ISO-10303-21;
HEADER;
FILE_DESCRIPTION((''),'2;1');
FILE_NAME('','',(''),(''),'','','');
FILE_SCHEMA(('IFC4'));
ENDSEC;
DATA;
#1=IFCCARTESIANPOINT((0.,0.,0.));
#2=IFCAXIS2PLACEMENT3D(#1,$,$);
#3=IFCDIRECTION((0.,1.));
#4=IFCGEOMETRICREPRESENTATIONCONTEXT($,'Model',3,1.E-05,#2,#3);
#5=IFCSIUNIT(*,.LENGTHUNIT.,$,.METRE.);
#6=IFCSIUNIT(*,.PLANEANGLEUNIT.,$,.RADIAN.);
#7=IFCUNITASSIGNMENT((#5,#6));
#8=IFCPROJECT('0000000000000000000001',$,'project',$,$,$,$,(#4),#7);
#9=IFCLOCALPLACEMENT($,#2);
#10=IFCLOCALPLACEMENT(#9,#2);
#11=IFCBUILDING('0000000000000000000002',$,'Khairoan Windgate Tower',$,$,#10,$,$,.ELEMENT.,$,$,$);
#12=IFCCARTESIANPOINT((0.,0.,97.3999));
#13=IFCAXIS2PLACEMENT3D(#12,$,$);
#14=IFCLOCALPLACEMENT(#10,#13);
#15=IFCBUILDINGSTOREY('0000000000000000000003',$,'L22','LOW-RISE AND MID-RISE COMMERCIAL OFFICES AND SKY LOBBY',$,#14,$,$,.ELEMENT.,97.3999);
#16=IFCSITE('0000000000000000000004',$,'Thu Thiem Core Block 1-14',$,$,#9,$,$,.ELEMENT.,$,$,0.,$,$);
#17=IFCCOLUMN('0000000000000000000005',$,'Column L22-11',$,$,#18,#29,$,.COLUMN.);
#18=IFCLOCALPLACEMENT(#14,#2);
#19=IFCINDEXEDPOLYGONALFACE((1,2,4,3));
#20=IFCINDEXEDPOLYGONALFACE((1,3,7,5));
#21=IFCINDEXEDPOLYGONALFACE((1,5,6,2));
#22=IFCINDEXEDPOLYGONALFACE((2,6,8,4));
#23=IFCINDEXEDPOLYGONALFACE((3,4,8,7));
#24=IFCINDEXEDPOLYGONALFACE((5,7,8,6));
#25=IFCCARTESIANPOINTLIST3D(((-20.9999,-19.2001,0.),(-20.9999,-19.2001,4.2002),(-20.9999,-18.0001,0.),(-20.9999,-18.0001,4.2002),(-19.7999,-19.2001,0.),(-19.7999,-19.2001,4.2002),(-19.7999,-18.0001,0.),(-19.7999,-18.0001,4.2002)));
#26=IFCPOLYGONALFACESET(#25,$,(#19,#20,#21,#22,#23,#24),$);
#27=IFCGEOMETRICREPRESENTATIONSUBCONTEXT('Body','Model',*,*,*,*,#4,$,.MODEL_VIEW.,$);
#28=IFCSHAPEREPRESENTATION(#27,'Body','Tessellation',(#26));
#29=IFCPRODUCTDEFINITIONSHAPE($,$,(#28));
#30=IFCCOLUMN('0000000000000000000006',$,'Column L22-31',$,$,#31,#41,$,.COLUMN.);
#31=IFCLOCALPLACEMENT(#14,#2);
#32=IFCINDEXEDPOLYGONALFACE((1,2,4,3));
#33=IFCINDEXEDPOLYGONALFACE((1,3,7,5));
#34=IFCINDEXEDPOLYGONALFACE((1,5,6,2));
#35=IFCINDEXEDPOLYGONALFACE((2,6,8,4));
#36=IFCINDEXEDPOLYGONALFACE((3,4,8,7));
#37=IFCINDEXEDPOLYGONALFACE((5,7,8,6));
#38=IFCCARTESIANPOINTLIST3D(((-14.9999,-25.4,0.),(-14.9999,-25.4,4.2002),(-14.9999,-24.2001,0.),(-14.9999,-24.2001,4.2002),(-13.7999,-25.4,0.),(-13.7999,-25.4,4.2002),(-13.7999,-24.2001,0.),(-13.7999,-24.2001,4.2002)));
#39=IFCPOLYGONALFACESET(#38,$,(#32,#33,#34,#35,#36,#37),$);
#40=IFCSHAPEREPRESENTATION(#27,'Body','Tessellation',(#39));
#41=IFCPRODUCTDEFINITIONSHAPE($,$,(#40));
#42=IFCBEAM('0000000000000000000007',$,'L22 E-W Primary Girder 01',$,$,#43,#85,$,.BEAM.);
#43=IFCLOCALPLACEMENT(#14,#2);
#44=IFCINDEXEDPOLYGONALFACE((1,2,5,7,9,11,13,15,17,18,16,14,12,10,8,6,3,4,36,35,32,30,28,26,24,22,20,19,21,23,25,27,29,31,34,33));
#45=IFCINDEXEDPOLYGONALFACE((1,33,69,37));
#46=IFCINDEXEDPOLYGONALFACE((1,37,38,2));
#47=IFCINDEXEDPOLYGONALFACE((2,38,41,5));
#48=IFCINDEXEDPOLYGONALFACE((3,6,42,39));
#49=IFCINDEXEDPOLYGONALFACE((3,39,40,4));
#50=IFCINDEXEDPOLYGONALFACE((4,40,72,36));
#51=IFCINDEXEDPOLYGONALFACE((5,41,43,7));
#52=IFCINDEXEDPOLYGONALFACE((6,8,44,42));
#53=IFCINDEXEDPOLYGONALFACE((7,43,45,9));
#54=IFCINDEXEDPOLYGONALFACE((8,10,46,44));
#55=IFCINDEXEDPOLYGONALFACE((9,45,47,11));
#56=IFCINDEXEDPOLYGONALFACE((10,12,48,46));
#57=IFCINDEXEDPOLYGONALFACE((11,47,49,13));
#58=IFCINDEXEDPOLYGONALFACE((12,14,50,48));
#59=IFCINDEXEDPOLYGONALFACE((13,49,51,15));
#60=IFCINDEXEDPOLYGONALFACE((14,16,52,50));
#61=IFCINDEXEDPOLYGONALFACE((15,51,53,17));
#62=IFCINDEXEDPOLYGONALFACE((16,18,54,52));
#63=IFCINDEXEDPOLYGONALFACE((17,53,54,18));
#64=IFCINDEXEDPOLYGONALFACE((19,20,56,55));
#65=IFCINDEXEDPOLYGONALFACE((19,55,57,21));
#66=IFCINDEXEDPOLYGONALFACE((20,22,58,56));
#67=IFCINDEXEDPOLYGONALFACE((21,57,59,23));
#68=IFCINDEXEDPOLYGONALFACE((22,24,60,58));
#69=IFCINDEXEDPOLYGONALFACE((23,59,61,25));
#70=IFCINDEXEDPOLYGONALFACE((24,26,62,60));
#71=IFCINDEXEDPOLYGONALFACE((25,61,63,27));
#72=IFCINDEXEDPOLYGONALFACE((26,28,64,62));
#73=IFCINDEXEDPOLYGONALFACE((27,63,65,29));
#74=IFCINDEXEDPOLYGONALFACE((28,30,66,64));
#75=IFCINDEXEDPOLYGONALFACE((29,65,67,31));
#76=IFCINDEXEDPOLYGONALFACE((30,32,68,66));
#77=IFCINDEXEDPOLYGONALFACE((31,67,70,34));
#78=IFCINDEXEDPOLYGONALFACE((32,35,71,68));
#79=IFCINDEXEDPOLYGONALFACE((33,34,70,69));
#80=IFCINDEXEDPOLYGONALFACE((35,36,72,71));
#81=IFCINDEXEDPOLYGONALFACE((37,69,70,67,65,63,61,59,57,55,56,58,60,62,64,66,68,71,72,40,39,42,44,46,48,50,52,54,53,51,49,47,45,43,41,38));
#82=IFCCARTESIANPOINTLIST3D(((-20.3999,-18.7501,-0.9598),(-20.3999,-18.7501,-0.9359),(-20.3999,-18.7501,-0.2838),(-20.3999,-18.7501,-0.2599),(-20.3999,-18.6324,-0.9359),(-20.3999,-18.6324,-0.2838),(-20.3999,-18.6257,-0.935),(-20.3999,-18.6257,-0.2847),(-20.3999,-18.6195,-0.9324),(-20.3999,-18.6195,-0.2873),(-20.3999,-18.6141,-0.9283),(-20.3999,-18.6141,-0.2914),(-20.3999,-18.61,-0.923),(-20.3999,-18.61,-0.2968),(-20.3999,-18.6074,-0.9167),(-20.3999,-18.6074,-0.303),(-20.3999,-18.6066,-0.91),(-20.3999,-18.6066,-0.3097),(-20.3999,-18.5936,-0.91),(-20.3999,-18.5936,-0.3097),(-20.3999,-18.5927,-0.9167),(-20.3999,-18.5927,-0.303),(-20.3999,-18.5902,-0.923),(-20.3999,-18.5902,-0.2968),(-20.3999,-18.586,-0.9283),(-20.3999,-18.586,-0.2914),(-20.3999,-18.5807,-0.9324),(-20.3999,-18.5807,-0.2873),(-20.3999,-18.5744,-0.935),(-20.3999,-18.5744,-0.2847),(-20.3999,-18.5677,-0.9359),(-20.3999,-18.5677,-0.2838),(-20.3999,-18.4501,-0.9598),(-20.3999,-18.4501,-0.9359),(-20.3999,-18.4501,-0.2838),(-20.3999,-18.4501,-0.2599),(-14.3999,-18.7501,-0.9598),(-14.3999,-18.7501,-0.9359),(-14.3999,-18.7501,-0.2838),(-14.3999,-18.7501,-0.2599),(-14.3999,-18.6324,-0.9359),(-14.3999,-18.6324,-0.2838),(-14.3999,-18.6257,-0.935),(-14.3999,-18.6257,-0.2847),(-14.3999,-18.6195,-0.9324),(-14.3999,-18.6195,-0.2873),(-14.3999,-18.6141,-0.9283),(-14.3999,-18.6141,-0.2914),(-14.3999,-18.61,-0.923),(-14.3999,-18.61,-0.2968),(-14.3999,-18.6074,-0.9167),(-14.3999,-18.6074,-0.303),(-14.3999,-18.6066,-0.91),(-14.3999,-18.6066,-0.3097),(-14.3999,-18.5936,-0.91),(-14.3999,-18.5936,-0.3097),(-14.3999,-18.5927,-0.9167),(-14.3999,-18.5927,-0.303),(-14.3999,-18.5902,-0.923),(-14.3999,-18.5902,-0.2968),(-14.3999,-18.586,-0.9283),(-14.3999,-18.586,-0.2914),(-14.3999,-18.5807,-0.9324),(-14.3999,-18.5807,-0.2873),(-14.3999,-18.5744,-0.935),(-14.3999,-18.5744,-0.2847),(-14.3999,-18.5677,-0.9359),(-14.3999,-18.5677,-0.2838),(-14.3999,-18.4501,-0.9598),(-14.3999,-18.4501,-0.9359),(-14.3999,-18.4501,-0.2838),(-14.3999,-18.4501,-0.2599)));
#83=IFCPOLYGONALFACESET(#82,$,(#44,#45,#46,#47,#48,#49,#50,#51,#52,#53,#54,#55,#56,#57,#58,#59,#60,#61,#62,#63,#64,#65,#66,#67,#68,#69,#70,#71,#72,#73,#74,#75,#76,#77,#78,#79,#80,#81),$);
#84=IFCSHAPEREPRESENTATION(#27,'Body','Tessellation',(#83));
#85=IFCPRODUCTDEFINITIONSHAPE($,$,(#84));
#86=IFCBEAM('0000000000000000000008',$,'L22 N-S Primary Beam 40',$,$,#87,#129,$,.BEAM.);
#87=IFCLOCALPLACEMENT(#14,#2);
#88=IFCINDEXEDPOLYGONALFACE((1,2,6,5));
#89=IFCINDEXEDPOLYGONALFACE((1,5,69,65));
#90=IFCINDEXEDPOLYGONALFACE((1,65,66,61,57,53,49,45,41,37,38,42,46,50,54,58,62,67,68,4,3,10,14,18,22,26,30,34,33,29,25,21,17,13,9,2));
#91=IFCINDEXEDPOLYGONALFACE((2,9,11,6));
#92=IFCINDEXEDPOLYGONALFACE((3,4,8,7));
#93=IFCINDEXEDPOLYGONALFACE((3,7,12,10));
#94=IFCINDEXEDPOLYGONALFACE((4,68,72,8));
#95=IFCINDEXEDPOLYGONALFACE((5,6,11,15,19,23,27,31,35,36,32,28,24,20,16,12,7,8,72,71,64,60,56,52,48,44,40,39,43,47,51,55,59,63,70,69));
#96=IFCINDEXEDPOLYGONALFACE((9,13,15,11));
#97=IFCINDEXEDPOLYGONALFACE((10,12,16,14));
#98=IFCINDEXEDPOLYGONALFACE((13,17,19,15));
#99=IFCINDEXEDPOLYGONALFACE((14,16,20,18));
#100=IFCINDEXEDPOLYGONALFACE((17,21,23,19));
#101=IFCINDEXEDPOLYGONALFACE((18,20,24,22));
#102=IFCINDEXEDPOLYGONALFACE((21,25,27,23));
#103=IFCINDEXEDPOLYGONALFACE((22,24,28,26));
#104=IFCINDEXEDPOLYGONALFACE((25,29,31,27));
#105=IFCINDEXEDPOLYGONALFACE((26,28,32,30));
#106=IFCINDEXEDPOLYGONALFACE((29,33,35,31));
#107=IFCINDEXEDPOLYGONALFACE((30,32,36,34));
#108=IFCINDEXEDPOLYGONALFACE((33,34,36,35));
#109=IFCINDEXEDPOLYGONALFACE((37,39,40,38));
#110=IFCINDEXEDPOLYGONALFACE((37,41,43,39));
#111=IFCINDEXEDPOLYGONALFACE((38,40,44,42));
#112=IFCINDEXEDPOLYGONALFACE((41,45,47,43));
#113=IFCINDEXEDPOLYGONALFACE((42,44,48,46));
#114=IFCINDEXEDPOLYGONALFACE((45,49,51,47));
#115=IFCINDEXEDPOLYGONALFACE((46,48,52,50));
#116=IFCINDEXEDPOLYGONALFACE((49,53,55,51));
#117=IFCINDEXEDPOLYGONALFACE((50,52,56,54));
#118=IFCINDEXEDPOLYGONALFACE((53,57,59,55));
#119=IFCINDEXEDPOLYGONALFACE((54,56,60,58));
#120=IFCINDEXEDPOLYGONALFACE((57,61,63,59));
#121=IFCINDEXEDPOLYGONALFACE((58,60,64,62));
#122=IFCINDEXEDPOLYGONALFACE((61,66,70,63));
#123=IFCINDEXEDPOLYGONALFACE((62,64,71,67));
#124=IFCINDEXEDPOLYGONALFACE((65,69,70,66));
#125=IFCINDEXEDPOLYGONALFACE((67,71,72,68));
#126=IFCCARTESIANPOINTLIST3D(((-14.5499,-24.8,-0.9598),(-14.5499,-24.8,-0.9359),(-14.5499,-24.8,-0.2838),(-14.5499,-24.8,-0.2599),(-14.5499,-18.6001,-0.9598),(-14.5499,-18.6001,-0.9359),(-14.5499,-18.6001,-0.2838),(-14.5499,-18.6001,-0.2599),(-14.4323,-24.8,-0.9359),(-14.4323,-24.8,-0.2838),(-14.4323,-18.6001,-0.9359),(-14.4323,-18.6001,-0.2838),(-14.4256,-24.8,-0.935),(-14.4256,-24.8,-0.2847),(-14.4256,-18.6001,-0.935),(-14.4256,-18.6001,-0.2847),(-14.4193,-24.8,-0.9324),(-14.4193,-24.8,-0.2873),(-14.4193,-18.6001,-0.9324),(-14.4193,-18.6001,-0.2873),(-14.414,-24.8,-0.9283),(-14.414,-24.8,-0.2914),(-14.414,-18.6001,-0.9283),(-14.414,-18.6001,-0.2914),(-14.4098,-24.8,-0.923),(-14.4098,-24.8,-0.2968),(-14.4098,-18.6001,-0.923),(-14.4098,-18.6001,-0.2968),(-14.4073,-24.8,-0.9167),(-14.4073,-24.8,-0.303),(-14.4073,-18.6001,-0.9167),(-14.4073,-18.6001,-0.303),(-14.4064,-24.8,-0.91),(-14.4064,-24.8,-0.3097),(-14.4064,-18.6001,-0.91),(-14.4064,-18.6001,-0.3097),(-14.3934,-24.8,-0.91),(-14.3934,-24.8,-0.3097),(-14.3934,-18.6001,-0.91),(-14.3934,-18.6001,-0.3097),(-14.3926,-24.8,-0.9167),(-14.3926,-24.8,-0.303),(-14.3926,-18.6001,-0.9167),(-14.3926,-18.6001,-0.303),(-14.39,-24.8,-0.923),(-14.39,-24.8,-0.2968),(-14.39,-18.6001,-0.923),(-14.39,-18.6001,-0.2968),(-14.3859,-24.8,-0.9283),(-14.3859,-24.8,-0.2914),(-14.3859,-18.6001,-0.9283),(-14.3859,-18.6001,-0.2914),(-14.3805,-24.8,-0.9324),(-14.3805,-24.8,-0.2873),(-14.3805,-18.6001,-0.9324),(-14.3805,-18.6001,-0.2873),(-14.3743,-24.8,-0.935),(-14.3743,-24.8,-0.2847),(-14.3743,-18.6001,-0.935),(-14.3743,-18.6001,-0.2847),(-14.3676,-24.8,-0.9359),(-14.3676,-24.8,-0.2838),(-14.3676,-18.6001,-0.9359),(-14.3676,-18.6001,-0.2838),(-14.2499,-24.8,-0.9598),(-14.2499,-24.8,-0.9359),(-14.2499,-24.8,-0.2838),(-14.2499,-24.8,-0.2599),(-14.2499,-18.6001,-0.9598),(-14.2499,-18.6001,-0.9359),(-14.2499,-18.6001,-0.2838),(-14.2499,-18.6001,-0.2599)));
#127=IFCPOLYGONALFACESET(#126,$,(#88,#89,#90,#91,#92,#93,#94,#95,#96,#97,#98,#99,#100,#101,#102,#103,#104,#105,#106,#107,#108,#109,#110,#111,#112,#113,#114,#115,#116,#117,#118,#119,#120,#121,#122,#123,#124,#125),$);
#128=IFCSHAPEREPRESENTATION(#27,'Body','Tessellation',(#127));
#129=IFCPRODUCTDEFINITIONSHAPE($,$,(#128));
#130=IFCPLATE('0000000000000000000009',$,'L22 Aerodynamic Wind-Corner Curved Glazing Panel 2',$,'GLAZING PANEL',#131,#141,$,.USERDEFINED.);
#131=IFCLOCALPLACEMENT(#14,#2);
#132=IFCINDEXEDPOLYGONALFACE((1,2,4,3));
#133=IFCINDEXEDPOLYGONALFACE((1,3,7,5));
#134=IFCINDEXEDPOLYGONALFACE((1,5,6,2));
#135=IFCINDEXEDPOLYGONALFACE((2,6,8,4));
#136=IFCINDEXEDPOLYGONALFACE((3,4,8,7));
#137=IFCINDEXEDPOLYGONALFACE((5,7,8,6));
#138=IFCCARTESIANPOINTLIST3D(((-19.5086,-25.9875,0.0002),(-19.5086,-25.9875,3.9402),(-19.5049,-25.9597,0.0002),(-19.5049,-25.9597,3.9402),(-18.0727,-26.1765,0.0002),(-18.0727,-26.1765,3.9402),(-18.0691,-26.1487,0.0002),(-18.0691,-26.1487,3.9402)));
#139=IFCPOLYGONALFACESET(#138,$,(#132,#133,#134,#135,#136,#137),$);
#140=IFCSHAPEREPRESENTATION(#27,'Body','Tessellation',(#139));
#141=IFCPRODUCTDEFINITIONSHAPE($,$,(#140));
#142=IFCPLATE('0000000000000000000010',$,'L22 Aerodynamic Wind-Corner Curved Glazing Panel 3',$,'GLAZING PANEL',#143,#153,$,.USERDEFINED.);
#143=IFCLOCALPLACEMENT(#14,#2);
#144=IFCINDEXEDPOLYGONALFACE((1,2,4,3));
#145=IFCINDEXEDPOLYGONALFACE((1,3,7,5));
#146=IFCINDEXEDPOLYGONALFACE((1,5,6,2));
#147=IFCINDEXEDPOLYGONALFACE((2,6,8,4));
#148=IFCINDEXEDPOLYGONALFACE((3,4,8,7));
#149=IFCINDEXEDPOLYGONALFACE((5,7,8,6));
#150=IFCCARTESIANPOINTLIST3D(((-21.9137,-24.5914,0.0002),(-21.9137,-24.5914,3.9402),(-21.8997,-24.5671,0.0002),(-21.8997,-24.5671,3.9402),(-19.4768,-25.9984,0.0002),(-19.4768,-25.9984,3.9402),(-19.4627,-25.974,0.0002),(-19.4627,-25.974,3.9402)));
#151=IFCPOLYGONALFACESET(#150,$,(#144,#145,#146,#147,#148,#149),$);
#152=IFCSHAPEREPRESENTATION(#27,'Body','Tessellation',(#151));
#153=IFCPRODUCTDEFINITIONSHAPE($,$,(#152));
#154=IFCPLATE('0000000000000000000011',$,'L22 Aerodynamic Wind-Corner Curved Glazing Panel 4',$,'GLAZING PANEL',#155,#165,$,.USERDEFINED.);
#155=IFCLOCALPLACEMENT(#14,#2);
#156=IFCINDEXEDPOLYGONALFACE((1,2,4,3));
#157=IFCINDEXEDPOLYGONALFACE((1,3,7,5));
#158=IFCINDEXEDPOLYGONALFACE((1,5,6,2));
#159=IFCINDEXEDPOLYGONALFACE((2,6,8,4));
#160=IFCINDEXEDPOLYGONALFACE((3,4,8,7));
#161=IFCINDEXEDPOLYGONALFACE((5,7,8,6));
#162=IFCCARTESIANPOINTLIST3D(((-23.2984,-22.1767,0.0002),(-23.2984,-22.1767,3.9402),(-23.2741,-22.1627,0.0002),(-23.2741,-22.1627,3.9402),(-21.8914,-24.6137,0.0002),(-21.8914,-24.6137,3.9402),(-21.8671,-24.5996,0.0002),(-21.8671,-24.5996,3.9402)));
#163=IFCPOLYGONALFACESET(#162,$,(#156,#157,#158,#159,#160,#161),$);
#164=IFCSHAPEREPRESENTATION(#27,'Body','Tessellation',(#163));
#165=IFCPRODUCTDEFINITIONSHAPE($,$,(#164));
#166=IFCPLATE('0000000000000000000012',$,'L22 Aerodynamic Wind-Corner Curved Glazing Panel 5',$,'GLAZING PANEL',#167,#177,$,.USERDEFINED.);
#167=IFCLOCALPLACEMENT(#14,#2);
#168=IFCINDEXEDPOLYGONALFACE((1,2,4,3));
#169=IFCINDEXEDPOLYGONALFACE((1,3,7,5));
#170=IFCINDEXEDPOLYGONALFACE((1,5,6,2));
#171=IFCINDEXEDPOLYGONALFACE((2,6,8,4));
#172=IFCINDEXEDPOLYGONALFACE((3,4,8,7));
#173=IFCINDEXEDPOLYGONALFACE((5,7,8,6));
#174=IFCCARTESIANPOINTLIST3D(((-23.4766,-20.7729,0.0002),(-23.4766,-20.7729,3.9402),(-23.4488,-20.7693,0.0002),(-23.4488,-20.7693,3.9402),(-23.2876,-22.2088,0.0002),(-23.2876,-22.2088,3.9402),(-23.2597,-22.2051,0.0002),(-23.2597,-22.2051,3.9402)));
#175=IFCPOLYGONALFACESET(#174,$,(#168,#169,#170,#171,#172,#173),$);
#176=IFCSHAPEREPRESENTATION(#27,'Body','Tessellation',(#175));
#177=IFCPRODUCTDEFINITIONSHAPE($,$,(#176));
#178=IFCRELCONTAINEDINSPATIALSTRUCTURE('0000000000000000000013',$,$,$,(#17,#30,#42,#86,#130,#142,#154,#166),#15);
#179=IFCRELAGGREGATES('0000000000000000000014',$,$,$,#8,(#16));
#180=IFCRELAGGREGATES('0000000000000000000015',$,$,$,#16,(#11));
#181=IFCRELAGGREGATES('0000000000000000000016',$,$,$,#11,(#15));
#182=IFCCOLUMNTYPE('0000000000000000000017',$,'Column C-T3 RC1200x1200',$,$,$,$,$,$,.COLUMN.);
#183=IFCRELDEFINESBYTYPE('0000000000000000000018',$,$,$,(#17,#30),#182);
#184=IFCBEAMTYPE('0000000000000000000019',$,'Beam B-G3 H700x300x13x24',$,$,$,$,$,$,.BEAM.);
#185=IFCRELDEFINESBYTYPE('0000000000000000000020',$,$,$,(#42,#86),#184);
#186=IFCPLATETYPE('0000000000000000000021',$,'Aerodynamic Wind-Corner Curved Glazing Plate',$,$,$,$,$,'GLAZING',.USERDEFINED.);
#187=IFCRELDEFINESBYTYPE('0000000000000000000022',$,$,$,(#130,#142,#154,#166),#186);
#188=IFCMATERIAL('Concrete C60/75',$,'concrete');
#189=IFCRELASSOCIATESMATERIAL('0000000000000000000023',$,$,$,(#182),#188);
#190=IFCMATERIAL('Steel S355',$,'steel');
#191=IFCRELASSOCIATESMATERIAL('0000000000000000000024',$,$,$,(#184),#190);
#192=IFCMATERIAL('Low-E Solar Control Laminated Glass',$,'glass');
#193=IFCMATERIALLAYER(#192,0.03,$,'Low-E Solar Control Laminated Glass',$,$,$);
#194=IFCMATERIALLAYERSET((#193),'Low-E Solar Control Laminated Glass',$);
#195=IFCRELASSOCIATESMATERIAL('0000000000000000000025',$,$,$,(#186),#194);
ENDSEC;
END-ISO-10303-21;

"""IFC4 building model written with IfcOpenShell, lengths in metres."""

from ifc_helpers import new_model, si_unit, direction, frame, origin, origin_2d, place, context, subcontext, project, spatial, rectangle, i_section, extrude, material, layer, layer_set, material_profile, profile_set, type_object, element, save


model = new_model("IFC4")

# Units and contexts
model_context = context("Model", 3, precision=1e-05, world=origin(), true_north=direction((0.0, 1.0)))
body_context = subcontext(model_context, "Body", "Model", "MODEL_VIEW")
ifc_project = project(units=[si_unit("LENGTHUNIT", "METRE"), si_unit("PLANEANGLEUNIT", "RADIAN")], contexts=[model_context])

# Site, building, storey
site_placement = place(None, origin())
site = spatial("IfcSite", under=ifc_project, at=site_placement, Name="Thu Thiem Core Block 1-14", CompositionType="ELEMENT", RefElevation=0.0)
building_placement = place(site_placement, origin())
building = spatial("IfcBuilding", under=site, at=building_placement, Name="Khairoan Windgate Tower", CompositionType="ELEMENT")
storey_placement = place(building_placement, frame((0.0, 0.0, 97.3999)))
storey = spatial("IfcBuildingStorey", under=building, at=storey_placement, Name="L22", Description="LOW-RISE AND MID-RISE COMMERCIAL OFFICES AND SKY LOBBY", CompositionType="ELEMENT", Elevation=97.3999)

# Columns
ifc_material_1 = material(Name="Concrete C60/75", Category="concrete")
ifc_material_profile_1 = material_profile(ifc_material_1, rectangle(XDim=1.2, YDim=1.2, at=origin_2d()))
ifc_profile_set_1 = profile_set([ifc_material_profile_1], Name="Concrete C60/75")
column_type = type_object("IfcColumnType", Name="Column C-T3 RC1200x1200", PredefinedType="COLUMN", material=ifc_profile_set_1)
for number, where, z_axis, x_axis, name in (
    (1, (-20.3999, -18.6001, 0.0), (0.0, 0.0, 1.0), (1.0, 0.0, 0.0), "Column L22-11"),
    (2, (-14.3999, -24.8, 0.0), (0.0, 0.0, 1.0), (1.0, 0.0, 0.0), "Column L22-31"),
):
    element("IfcColumn", number, at=place(storey_placement, frame(where, z_axis=z_axis, x_axis=x_axis)), inside=storey, type_object=column_type, Name=name, PredefinedType="COLUMN", context=body_context, shape_type="SweptSolid", body=[
        extrude(rectangle(XDim=1.2, YDim=1.2, at=origin_2d()), origin(), (0.0, 0.0, 1.0), 4.2002),
    ])

# Beams
ifc_material_2 = material(Name="Steel S355", Category="steel")
ifc_material_profile_2 = material_profile(ifc_material_2, i_section(OverallWidth=0.3, OverallDepth=0.7, WebThickness=0.0129, FlangeThickness=0.0239, FilletRadius=0.0259, at=origin_2d()))
ifc_profile_set_2 = profile_set([ifc_material_profile_2], Name="Steel S355")
beam_type = type_object("IfcBeamType", Name="Beam B-G3 H700x300x13x24", PredefinedType="BEAM", material=ifc_profile_set_2)
beam_1_placement = place(storey_placement, frame((-20.3999, -18.6001, -0.6099), z_axis=(1.0, 0.0, 0.0), x_axis=(0.0, 1.0, 0.0)))
element("IfcBeam", 3, at=beam_1_placement, inside=storey, type_object=beam_type, Name="L22 E-W Primary Girder 01", PredefinedType="BEAM", context=body_context, shape_type="SweptSolid", body=[
    extrude(i_section(OverallWidth=0.3, OverallDepth=0.7, WebThickness=0.0129, FlangeThickness=0.0239, FilletRadius=0.0259, at=origin_2d()), origin(), (0.0, 0.0, 1.0), 6.0),
])
beam_2_placement = place(storey_placement, frame((-14.3999, -24.8, -0.6099), z_axis=(0.0, 1.0, 0.0), x_axis=(-1.0, 0.0, 0.0)))
element("IfcBeam", 4, at=beam_2_placement, inside=storey, type_object=beam_type, Name="L22 N-S Primary Beam 40", PredefinedType="BEAM", context=body_context, shape_type="SweptSolid", body=[
    extrude(i_section(OverallWidth=0.3, OverallDepth=0.7, WebThickness=0.0129, FlangeThickness=0.0239, FilletRadius=0.0259, at=origin_2d()), origin(), (0.0, 0.0, 1.0), 6.2),
])

# Plates
ifc_material_3 = material(Name="Low-E Solar Control Laminated Glass", Category="glass")
ifc_layer_1 = layer(ifc_material_3, 0.03, Name="Low-E Solar Control Laminated Glass")
ifc_layer_set_1 = layer_set([ifc_layer_1], Name="Low-E Solar Control Laminated Glass")
plate_type_1 = type_object("IfcPlateType", Name="Aerodynamic Wind-Corner Curved Glazing Plate", ElementType="GLAZING", PredefinedType="USERDEFINED", material=ifc_layer_set_1)
plate_1_placement = place(storey_placement, frame((-18.7888, -26.0681, 0.0002), z_axis=(0.0, 0.0, 1.0), x_axis=(-0.991445, 0.130526, 0.0)))
element("IfcPlate", 5, at=plate_1_placement, inside=storey, type_object=plate_type_1, Name="L22 Aerodynamic Wind-Corner Curved Glazing Panel 2", ObjectType="GLAZING PANEL", PredefinedType="USERDEFINED", context=body_context, shape_type="SweptSolid", body=[
    extrude(rectangle(XDim=1.4482, YDim=0.0281, at=origin_2d()), origin(), (0.0, 0.0, 1.0), 3.9399),
])
for number, where, z_axis, x_axis, name in (
    (6, (-20.6882, -25.2827, 0.0002), (0.0, 0.0, 1.0), (-0.866025, 0.5, 0.0), "L22 Aerodynamic Wind-Corner Curved Glazing Panel 3"),
    (7, (-22.5828, -23.3882, 0.0002), (0.0, 0.0, 1.0), (-0.5, 0.866025, 0.0), "L22 Aerodynamic Wind-Corner Curved Glazing Panel 4"),
):
    element("IfcPlate", number, at=place(storey_placement, frame(where, z_axis=z_axis, x_axis=x_axis)), inside=storey, type_object=plate_type_1, Name=name, ObjectType="GLAZING PANEL", PredefinedType="USERDEFINED", context=body_context, shape_type="SweptSolid", body=[
        extrude(rectangle(XDim=2.814, YDim=0.0281, at=origin_2d()), origin(), (0.0, 0.0, 1.0), 3.9399),
    ])
plate_2_placement = place(storey_placement, frame((-23.3682, -21.489, 0.0002), z_axis=(0.0, 0.0, 1.0), x_axis=(-0.130526, 0.991445, 0.0)))
element("IfcPlate", 8, at=plate_2_placement, inside=storey, type_object=plate_type_1, Name="L22 Aerodynamic Wind-Corner Curved Glazing Panel 5", ObjectType="GLAZING PANEL", PredefinedType="USERDEFINED", context=body_context, shape_type="SweptSolid", body=[
    extrude(rectangle(XDim=1.4482, YDim=0.0281, at=origin_2d()), origin(), (0.0, 0.0, 1.0), 3.9399),
])

save(model, "model.ifc")
